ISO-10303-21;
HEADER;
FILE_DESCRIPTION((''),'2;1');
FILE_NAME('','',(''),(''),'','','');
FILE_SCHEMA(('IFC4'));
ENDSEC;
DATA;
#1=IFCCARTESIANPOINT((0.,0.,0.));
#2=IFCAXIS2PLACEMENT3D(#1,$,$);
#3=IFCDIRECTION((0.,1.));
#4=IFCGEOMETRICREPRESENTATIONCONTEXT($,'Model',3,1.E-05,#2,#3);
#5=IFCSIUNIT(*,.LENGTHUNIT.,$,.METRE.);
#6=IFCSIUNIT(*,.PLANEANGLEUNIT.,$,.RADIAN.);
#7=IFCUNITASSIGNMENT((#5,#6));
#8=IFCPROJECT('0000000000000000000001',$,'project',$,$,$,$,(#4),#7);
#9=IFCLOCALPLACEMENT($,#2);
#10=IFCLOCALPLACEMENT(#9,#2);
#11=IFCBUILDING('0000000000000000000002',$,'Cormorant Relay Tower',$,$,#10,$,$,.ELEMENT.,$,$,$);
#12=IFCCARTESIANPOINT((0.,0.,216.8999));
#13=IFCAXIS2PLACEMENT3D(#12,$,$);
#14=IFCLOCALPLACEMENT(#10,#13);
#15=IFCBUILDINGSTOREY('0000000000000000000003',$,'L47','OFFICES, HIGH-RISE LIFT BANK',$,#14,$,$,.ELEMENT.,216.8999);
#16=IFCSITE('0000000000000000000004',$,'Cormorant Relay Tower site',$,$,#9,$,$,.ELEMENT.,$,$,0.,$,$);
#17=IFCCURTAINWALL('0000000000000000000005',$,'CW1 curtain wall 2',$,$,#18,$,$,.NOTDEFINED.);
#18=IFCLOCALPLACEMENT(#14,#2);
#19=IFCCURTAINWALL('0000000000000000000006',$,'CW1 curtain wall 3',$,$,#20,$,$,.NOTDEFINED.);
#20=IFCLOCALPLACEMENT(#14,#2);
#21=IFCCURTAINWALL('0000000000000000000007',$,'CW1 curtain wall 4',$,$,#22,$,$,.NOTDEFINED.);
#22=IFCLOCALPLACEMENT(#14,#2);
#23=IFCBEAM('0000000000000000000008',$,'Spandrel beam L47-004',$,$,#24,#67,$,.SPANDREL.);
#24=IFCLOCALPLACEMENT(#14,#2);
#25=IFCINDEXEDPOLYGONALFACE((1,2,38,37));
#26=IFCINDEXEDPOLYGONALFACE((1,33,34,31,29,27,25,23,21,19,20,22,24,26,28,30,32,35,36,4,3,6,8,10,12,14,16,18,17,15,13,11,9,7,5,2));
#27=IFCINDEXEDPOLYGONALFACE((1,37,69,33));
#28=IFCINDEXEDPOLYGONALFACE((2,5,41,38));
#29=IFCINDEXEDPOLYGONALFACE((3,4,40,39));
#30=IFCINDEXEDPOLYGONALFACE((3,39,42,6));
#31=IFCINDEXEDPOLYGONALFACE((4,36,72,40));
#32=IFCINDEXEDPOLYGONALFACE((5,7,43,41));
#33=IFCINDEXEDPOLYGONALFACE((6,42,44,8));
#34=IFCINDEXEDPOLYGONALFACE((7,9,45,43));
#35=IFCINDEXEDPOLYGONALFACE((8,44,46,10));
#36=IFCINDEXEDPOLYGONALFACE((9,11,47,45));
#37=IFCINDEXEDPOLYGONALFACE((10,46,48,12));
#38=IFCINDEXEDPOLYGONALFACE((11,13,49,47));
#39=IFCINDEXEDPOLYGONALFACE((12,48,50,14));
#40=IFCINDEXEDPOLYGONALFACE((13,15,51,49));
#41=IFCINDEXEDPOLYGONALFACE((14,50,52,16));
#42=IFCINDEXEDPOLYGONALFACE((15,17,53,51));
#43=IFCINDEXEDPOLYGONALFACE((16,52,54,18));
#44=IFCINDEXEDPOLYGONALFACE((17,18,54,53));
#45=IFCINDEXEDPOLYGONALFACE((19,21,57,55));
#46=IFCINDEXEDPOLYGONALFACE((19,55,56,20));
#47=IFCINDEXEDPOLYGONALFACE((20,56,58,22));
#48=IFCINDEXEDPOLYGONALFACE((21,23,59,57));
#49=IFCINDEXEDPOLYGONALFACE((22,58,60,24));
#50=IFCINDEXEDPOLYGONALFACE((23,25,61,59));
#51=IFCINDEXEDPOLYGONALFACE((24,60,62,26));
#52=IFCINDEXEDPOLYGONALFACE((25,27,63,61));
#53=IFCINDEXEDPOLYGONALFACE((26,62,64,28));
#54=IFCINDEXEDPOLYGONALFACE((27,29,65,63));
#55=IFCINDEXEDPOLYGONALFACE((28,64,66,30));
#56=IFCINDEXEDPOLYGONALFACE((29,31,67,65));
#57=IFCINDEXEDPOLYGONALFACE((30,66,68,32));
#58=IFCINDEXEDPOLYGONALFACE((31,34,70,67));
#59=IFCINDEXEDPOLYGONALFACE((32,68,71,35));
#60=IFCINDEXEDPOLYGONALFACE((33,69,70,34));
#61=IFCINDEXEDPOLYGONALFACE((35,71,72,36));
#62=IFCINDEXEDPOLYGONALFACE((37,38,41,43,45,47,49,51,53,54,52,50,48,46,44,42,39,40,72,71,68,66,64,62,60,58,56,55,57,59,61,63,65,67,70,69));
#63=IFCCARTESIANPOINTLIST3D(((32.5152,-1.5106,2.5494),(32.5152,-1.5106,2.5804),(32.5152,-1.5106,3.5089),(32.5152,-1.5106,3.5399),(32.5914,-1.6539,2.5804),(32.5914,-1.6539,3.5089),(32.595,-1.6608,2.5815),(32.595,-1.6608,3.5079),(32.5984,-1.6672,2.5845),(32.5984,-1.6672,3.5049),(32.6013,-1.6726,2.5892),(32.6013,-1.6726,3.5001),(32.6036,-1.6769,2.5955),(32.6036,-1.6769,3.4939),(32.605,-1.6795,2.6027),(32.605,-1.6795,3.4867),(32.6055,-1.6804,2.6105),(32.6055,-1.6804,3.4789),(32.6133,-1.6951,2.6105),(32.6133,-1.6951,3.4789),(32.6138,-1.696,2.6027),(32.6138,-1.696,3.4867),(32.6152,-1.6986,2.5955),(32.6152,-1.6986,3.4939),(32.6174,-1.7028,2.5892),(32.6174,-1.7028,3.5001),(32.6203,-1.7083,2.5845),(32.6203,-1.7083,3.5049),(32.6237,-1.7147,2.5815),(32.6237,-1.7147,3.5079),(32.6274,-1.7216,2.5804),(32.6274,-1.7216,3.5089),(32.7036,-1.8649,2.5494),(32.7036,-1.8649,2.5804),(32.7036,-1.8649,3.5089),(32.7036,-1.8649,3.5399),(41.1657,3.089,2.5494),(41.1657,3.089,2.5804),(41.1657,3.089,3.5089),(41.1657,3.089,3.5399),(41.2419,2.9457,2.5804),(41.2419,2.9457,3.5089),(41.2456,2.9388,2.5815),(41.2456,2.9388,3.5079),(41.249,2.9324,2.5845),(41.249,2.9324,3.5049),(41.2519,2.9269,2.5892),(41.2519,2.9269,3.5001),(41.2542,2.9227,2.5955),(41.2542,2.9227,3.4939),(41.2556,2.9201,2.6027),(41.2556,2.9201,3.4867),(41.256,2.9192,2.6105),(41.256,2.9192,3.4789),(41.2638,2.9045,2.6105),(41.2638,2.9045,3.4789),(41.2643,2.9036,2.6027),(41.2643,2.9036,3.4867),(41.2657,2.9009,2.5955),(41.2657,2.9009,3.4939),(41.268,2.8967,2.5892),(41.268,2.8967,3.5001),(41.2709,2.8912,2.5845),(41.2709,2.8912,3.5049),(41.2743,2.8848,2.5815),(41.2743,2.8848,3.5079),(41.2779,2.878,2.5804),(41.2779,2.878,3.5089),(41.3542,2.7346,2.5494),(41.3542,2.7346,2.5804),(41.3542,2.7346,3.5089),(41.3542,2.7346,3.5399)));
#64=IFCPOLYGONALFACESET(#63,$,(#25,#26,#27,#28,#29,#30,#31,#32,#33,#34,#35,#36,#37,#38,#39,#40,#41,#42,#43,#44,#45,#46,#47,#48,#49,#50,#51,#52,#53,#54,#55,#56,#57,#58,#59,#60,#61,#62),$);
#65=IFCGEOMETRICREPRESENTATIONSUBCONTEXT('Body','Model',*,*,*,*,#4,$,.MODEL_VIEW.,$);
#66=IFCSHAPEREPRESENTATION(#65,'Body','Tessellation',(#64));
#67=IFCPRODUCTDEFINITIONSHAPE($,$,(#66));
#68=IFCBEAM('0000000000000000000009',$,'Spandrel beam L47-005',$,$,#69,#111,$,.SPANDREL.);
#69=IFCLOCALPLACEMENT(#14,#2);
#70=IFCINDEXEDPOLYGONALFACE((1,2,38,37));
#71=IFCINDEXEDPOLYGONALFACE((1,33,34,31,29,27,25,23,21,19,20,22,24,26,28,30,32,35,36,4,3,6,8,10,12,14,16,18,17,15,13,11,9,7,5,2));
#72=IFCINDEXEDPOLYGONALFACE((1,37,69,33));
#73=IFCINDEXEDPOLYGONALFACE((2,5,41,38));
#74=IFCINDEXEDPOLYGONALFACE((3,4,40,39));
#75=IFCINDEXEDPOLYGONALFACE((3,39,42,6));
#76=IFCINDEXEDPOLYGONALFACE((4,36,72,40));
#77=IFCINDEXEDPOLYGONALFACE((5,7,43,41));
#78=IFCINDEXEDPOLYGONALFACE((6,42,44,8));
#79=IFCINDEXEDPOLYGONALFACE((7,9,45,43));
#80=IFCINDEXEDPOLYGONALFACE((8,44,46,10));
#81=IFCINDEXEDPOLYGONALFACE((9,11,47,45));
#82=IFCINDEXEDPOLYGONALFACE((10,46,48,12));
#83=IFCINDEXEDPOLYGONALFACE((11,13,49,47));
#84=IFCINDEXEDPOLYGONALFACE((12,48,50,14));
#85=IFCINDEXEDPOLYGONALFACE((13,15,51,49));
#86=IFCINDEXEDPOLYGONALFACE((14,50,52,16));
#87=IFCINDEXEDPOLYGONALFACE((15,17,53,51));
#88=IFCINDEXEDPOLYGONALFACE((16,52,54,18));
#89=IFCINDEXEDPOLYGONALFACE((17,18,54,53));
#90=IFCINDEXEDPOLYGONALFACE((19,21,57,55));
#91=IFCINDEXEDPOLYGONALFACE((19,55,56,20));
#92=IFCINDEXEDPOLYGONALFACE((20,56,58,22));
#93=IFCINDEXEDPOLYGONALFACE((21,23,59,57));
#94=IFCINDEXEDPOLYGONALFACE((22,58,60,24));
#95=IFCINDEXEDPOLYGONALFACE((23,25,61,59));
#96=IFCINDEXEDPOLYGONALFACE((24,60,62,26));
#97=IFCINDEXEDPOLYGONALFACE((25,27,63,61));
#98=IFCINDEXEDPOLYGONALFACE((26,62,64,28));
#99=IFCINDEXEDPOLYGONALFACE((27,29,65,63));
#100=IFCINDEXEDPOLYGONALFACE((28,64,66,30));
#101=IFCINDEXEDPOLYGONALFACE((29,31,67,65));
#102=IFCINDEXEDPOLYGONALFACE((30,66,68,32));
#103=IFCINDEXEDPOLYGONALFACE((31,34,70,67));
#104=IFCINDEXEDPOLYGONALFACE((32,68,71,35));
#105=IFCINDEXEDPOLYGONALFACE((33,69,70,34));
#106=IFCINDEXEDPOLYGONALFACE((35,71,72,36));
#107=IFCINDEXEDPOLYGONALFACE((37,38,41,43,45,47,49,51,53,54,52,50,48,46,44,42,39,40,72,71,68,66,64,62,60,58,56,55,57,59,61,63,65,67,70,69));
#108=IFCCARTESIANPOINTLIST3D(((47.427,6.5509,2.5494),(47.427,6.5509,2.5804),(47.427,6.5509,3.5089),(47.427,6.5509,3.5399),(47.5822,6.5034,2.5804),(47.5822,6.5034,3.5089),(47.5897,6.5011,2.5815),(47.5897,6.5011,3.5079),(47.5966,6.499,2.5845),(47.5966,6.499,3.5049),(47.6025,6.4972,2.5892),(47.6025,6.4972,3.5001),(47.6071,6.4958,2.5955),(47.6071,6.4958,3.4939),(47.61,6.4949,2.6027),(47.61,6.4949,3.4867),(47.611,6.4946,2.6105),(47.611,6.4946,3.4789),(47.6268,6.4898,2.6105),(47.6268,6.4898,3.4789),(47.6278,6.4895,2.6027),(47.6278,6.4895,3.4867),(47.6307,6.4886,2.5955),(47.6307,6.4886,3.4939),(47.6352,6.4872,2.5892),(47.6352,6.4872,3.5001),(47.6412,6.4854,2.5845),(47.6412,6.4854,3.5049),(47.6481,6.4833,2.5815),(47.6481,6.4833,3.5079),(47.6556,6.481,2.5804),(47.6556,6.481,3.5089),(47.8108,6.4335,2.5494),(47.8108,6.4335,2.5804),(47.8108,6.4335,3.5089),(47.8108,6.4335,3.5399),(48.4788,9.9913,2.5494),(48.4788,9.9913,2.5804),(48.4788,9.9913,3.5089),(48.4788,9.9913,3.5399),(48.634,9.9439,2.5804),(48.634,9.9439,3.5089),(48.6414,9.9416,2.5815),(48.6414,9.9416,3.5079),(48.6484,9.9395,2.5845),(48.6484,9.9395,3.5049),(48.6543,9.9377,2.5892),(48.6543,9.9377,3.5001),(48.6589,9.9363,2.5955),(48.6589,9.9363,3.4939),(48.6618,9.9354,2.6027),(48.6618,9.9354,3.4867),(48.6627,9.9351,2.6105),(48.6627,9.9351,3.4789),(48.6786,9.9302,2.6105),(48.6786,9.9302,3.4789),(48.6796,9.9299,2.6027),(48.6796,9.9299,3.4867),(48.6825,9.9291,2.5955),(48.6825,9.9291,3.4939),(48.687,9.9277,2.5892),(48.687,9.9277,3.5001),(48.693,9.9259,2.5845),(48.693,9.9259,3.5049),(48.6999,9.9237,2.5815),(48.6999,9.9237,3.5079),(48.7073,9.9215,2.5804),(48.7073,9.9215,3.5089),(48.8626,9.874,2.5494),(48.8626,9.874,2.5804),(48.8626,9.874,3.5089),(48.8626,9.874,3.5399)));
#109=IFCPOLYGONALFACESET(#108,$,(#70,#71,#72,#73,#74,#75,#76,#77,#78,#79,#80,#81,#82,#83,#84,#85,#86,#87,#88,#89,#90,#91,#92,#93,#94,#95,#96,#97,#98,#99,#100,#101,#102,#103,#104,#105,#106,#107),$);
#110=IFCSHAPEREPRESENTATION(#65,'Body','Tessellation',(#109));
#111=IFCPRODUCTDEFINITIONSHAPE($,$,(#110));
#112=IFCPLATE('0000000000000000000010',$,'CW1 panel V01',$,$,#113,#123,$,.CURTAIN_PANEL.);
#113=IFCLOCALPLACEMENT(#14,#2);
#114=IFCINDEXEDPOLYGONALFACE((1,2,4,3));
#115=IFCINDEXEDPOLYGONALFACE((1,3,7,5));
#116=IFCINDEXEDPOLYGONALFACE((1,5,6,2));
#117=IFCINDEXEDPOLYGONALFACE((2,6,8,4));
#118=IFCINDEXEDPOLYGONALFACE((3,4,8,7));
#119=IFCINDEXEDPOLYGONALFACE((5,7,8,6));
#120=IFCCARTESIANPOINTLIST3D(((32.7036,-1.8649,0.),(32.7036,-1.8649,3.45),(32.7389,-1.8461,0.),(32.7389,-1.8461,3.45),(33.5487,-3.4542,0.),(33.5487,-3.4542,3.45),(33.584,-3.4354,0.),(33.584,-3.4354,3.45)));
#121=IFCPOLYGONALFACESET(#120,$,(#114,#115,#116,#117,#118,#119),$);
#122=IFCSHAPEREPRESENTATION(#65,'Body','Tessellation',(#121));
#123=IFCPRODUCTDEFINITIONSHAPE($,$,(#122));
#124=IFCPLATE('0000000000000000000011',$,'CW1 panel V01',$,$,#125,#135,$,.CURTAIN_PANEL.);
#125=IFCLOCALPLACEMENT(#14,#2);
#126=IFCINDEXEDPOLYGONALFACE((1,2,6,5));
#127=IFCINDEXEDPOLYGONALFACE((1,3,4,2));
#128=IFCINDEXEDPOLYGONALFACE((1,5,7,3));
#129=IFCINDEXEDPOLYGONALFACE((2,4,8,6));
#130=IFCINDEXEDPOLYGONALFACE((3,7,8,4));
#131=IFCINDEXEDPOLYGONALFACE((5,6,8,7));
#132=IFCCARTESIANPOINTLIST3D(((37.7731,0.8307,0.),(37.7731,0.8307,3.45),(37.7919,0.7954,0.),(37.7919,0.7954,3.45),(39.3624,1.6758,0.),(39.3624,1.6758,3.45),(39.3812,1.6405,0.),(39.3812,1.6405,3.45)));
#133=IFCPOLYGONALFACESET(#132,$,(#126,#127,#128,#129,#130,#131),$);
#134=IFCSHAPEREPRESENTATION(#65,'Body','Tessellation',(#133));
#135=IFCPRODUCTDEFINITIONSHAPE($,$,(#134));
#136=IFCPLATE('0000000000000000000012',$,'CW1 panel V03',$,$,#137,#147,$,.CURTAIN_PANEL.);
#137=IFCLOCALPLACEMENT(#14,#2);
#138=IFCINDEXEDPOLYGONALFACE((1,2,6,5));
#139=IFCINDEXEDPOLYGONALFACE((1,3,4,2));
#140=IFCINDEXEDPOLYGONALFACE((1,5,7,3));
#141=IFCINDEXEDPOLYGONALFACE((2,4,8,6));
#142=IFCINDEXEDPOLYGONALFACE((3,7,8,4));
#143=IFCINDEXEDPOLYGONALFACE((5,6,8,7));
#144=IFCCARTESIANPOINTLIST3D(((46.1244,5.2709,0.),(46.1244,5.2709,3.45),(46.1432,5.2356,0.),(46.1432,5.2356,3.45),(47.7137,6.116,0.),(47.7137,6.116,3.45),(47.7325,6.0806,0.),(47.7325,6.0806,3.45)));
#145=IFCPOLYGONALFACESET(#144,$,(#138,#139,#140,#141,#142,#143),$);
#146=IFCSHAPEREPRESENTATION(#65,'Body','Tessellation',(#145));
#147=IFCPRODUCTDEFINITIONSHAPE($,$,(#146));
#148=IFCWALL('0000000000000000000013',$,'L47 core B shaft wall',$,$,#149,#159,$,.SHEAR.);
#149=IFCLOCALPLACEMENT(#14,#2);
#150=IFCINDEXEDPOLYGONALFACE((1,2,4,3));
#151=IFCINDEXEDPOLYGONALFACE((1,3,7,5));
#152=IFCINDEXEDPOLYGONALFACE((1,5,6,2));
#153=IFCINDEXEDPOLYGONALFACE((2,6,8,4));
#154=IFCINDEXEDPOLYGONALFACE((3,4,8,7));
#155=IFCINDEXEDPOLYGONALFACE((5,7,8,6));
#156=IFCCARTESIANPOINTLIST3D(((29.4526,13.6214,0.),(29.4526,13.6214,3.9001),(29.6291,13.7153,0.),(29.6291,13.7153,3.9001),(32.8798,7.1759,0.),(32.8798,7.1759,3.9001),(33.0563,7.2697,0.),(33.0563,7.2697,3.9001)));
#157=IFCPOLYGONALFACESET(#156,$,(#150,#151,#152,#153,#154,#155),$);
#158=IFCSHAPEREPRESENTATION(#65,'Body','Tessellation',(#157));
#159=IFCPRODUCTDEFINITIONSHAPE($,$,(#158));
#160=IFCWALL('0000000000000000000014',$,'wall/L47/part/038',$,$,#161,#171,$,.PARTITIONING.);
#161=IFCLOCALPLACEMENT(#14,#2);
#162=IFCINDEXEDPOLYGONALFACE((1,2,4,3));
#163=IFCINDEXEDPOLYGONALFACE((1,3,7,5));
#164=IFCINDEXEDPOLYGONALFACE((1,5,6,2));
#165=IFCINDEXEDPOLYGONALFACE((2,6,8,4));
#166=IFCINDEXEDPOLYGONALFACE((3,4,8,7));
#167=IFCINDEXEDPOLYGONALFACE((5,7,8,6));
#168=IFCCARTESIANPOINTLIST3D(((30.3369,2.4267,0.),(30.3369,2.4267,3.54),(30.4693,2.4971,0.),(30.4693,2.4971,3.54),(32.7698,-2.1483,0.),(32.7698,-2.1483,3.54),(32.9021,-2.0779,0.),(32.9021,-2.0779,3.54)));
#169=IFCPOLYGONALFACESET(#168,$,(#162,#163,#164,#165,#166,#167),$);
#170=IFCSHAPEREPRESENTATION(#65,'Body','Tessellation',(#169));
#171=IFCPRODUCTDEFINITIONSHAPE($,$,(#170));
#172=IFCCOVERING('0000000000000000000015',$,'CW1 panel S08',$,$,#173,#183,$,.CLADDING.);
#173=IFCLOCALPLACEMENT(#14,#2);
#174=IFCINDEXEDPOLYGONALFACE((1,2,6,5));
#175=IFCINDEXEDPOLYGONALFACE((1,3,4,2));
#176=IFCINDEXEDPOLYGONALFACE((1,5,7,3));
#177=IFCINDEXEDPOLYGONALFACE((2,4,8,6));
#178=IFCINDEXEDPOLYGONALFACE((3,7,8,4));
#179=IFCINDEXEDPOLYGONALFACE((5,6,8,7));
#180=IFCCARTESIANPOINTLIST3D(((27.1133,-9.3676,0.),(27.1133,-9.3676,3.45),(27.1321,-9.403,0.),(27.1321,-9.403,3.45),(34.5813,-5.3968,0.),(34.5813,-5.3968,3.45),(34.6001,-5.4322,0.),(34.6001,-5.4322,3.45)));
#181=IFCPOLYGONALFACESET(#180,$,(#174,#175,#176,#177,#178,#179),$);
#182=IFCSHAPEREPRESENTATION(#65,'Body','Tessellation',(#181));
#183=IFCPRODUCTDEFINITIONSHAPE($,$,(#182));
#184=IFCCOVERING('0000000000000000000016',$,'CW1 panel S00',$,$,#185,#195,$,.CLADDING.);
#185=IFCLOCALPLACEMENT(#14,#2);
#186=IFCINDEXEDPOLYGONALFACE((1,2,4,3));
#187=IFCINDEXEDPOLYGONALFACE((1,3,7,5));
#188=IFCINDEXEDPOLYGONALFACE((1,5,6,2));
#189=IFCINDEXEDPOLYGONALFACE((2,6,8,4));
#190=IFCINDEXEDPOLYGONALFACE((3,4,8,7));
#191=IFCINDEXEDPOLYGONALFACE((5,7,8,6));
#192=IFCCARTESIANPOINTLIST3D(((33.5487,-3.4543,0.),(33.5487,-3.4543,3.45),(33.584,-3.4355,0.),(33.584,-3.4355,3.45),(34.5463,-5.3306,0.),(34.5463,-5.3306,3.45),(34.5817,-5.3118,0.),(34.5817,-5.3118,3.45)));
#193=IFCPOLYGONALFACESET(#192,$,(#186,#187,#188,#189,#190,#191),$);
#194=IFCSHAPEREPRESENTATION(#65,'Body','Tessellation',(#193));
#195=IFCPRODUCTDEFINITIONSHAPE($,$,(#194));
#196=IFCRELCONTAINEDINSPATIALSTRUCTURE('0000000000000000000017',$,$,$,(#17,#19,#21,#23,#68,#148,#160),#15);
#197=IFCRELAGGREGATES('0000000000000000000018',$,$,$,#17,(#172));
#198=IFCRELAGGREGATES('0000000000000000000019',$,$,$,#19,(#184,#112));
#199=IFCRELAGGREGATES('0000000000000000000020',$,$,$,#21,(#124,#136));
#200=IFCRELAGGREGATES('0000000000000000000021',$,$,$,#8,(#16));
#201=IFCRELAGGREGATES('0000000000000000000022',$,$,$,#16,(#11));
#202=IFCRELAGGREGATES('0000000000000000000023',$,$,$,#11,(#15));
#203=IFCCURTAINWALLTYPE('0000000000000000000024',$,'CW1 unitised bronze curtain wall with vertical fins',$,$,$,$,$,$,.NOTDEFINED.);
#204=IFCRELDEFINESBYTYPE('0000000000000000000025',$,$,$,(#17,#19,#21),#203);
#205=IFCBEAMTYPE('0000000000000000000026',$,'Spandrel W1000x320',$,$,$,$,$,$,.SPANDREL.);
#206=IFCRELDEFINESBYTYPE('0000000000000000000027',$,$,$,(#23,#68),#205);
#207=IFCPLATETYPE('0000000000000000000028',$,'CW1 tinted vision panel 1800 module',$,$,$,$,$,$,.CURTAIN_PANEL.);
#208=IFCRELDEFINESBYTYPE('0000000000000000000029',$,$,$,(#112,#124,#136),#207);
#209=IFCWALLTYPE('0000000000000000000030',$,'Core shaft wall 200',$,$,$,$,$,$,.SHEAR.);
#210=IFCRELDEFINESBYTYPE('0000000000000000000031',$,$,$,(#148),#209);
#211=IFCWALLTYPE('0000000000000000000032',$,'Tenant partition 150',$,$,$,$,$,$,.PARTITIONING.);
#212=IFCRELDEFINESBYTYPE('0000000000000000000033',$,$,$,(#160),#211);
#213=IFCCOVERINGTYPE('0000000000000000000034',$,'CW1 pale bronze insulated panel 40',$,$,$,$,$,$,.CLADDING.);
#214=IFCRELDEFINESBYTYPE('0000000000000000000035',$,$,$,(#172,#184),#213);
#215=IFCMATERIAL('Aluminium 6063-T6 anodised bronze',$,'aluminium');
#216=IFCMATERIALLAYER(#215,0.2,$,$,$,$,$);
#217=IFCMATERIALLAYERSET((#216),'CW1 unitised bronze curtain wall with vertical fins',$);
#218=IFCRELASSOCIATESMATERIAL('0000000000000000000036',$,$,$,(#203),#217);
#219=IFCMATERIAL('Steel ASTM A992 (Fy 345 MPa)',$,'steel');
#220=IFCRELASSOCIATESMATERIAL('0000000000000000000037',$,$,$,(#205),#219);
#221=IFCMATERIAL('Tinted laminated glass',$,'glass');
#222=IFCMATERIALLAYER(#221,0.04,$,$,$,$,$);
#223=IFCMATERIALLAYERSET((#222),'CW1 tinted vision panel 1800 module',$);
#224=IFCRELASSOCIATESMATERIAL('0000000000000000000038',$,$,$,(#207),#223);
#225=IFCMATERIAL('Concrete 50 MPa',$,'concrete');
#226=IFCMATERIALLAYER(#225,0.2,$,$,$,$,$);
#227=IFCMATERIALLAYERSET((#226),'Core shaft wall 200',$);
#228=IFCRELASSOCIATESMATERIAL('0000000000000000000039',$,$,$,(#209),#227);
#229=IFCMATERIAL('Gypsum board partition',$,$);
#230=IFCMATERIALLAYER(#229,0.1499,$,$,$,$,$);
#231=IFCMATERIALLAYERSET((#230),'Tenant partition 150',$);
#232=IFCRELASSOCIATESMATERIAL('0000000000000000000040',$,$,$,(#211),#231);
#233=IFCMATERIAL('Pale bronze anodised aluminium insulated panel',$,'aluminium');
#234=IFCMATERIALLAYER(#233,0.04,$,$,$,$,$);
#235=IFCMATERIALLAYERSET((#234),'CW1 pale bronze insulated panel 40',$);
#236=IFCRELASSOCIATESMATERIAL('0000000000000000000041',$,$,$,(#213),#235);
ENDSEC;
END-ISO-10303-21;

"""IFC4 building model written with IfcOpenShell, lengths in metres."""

from ifc_helpers import new_model, si_unit, direction, frame, frame_2d, origin, origin_2d, place, context, subcontext, project, spatial, rectangle, i_section, extrude, material, layer, layer_set, material_profile, profile_set, type_object, element, aggregate, save


model = new_model("IFC4")

# Units and contexts
model_context = context("Model", 3, precision=1e-05, world=origin(), true_north=direction((0.0, 1.0)))
body_context = subcontext(model_context, "Body", "Model", "MODEL_VIEW")
ifc_project = project(units=[si_unit("LENGTHUNIT", "METRE"), si_unit("PLANEANGLEUNIT", "RADIAN")], contexts=[model_context])

# Site, building, storey
site_placement = place(None, origin())
site = spatial("IfcSite", under=ifc_project, at=site_placement, Name="Cormorant Relay Tower site", CompositionType="ELEMENT", RefElevation=0.0)
building_placement = place(site_placement, origin())
building = spatial("IfcBuilding", under=site, at=building_placement, Name="Cormorant Relay Tower", CompositionType="ELEMENT")
storey_placement = place(building_placement, frame((0.0, 0.0, 216.8999)))
storey = spatial("IfcBuildingStorey", under=building, at=storey_placement, Name="L47", Description="OFFICES, HIGH-RISE LIFT BANK", CompositionType="ELEMENT", Elevation=216.8999)

# Curtain walls
ifc_material_1 = material(Name="Aluminium 6063-T6 anodised bronze", Category="aluminium")
ifc_layer_1 = layer(ifc_material_1, 0.2)
ifc_layer_set_1 = layer_set([ifc_layer_1], Name="CW1 unitised bronze curtain wall with vertical fins")
curtain_wall_type = type_object("IfcCurtainWallType", Name="CW1 unitised bronze curtain wall with vertical fins", PredefinedType="NOTDEFINED", material=ifc_layer_set_1)
curtain_wall_1_placement = place(storey_placement, origin())
curtain_wall_1 = element("IfcCurtainWall", 1, at=curtain_wall_1_placement, inside=storey, type_object=curtain_wall_type, Name="CW1 curtain wall 2", PredefinedType="NOTDEFINED")
curtain_wall_2_placement = place(storey_placement, origin())
curtain_wall_2 = element("IfcCurtainWall", 2, at=curtain_wall_2_placement, inside=storey, type_object=curtain_wall_type, Name="CW1 curtain wall 3", PredefinedType="NOTDEFINED")

# Curtain wall
curtain_wall_3_placement = place(storey_placement, origin())
curtain_wall_3 = element("IfcCurtainWall", 3, at=curtain_wall_3_placement, inside=storey, type_object=curtain_wall_type, Name="CW1 curtain wall 4", PredefinedType="NOTDEFINED")

# Beams
ifc_material_2 = material(Name="Steel ASTM A992 (Fy 345 MPa)", Category="steel")
ifc_material_profile_1 = material_profile(ifc_material_2, i_section(OverallWidth=0.4014, OverallDepth=0.9905, WebThickness=0.0166, FlangeThickness=0.031, FilletRadius=0.03, at=origin_2d()), Name="W1000x320")
ifc_profile_set_1 = profile_set([ifc_material_profile_1], Name="Steel ASTM A992 (Fy 345 MPa)")
beam_type = type_object("IfcBeamType", Name="Spandrel W1000x320", PredefinedType="SPANDREL", material=ifc_profile_set_1)
beam_1_placement = place(storey_placement, frame((32.6094, -1.6877, 3.0447), z_axis=(0.882948, 0.46947, 0.0), x_axis=(-0.46947, 0.882948, 0.0)))
element("IfcBeam", 4, at=beam_1_placement, inside=storey, type_object=beam_type, Name="Spandrel beam L47-004", PredefinedType="SPANDREL", context=body_context, shape_type="SweptSolid", body=[
    extrude(i_section(OverallWidth=0.4014, OverallDepth=0.9905, WebThickness=0.0166, FlangeThickness=0.031, FilletRadius=0.03, at=origin_2d()), origin(), (0.0, 0.0, 1.0), 9.7974),
])
beam_2_placement = place(storey_placement, frame((47.6189, 6.4922, 3.0447), z_axis=(0.29235, 0.956312, 0.0), x_axis=(-0.956312, 0.29235, 0.0)))
element("IfcBeam", 5, at=beam_2_placement, inside=storey, type_object=beam_type, Name="Spandrel beam L47-005", PredefinedType="SPANDREL", context=body_context, shape_type="SweptSolid", body=[
    extrude(i_section(OverallWidth=0.4014, OverallDepth=0.9905, WebThickness=0.0166, FlangeThickness=0.031, FilletRadius=0.03, at=origin_2d()), origin(), (0.0, 0.0, 1.0), 3.5977),
])

# Plates
ifc_material_3 = material(Name="Tinted laminated glass", Category="glass")
ifc_layer_2 = layer(ifc_material_3, 0.04)
ifc_layer_set_2 = layer_set([ifc_layer_2], Name="CW1 tinted vision panel 1800 module")
plate_type = type_object("IfcPlateType", Name="CW1 tinted vision panel 1800 module", PredefinedType="CURTAIN_PANEL", material=ifc_layer_set_2)
plate_1_placement = place(storey_placement, frame((33.1438, -2.6501, 0.0), z_axis=(0.0, 0.0, 1.0), x_axis=(-0.469472, 0.882948, 0.0)))
plate_1 = element("IfcPlate", 6, at=plate_1_placement, type_object=plate_type, Name="CW1 panel V01", PredefinedType="CURTAIN_PANEL", context=body_context, shape_type="SweptSolid", body=[
    extrude(rectangle(XDim=1.8, YDim=0.04, at=origin_2d()), origin(), (0.0, 0.0, 1.0), 3.45),
])
plate_2_placement = place(storey_placement, frame((38.5771, 1.2356, 0.0), z_axis=(0.0, 0.0, 1.0), x_axis=(0.882948, 0.469472, 0.0)))
plate_2 = element("IfcPlate", 7, at=plate_2_placement, type_object=plate_type, Name="CW1 panel V01", PredefinedType="CURTAIN_PANEL", context=body_context, shape_type="SweptSolid", body=[
    extrude(rectangle(XDim=1.8, YDim=0.04, at=origin_2d()), origin(), (0.0, 0.0, 1.0), 3.45),
])
plate_3_placement = place(storey_placement, frame((46.9285, 5.6758, 0.0), z_axis=(0.0, 0.0, 1.0), x_axis=(0.882948, 0.469472, 0.0)))
plate_3 = element("IfcPlate", 8, at=plate_3_placement, type_object=plate_type, Name="CW1 panel V03", PredefinedType="CURTAIN_PANEL", context=body_context, shape_type="SweptSolid", body=[
    extrude(rectangle(XDim=1.8, YDim=0.04, at=origin_2d()), origin(), (0.0, 0.0, 1.0), 3.45),
])

# Walls
ifc_material_4 = material(Name="Concrete 50 MPa", Category="concrete")
ifc_layer_3 = layer(ifc_material_4, 0.2)
ifc_layer_set_3 = layer_set([ifc_layer_3], Name="Core shaft wall 200")
wall_type_1 = type_object("IfcWallType", Name="Core shaft wall 200", PredefinedType="SHEAR", material=ifc_layer_set_3)
wall_1_placement = place(storey_placement, frame((32.968, 7.2229, 0.0), z_axis=(0.0, 0.0, 1.0), x_axis=(-0.46948, 0.882943, 0.0)))
element("IfcWall", 9, at=wall_1_placement, inside=storey, type_object=wall_type_1, Name="L47 core B shaft wall", PredefinedType="SHEAR", context=body_context, shape_type="SweptSolid", body=[
    extrude(rectangle(XDim=7.3, YDim=0.2, at=frame_2d((3.6499, 0.0))), origin(), (0.0, 0.0, 1.0), 3.9001),
])
ifc_material_5 = material(Name="Gypsum board partition")
ifc_layer_4 = layer(ifc_material_5, 0.1499)
ifc_layer_set_4 = layer_set([ifc_layer_4], Name="Tenant partition 150")
wall_type_2 = type_object("IfcWallType", Name="Tenant partition 150", PredefinedType="PARTITIONING", material=ifc_layer_set_4)
wall_2_placement = place(storey_placement, frame((30.4031, 2.4619, 0.0), z_axis=(0.0, 0.0, 1.0), x_axis=(0.469519, -0.882922, 0.0)))
element("IfcWall", 10, at=wall_2_placement, inside=storey, type_object=wall_type_2, Name="wall/L47/part/038", PredefinedType="PARTITIONING", context=body_context, shape_type="SweptSolid", body=[
    extrude(rectangle(XDim=5.1816, YDim=0.1499, at=frame_2d((2.5908, 0.0))), origin(), (0.0, 0.0, 1.0), 3.54),
])

# Coverings
ifc_material_6 = material(Name="Pale bronze anodised aluminium insulated panel", Category="aluminium")
ifc_layer_5 = layer(ifc_material_6, 0.04)
ifc_layer_set_5 = layer_set([ifc_layer_5], Name="CW1 pale bronze insulated panel 40")
covering_type = type_object("IfcCoveringType", Name="CW1 pale bronze insulated panel 40", PredefinedType="CLADDING", material=ifc_layer_set_5)
covering_1_placement = place(storey_placement, frame((30.8567, -7.3999, 0.0), z_axis=(0.0, 0.0, 1.0), x_axis=(0.882948, 0.469472, 0.0)))
covering_1 = element("IfcCovering", 11, at=covering_1_placement, type_object=covering_type, Name="CW1 panel S08", PredefinedType="CLADDING", context=body_context, shape_type="SweptSolid", body=[
    extrude(rectangle(XDim=8.458, YDim=0.04, at=origin_2d()), origin(), (0.0, 0.0, 1.0), 3.45),
])
aggregate(curtain_wall_1, [covering_1])
covering_2_placement = place(storey_placement, frame((34.0652, -4.3831, 0.0), z_axis=(0.0, 0.0, 1.0), x_axis=(-0.469472, 0.882948, 0.0)))
covering_2 = element("IfcCovering", 12, at=covering_2_placement, type_object=covering_type, Name="CW1 panel S00", PredefinedType="CLADDING", context=body_context, shape_type="SweptSolid", body=[
    extrude(rectangle(XDim=2.125, YDim=0.04, at=origin_2d()), origin(), (0.0, 0.0, 1.0), 3.45),
])
aggregate(curtain_wall_2, [covering_2, plate_1])
aggregate(curtain_wall_3, [plate_2, plate_3])

save(model, "model.ifc")
